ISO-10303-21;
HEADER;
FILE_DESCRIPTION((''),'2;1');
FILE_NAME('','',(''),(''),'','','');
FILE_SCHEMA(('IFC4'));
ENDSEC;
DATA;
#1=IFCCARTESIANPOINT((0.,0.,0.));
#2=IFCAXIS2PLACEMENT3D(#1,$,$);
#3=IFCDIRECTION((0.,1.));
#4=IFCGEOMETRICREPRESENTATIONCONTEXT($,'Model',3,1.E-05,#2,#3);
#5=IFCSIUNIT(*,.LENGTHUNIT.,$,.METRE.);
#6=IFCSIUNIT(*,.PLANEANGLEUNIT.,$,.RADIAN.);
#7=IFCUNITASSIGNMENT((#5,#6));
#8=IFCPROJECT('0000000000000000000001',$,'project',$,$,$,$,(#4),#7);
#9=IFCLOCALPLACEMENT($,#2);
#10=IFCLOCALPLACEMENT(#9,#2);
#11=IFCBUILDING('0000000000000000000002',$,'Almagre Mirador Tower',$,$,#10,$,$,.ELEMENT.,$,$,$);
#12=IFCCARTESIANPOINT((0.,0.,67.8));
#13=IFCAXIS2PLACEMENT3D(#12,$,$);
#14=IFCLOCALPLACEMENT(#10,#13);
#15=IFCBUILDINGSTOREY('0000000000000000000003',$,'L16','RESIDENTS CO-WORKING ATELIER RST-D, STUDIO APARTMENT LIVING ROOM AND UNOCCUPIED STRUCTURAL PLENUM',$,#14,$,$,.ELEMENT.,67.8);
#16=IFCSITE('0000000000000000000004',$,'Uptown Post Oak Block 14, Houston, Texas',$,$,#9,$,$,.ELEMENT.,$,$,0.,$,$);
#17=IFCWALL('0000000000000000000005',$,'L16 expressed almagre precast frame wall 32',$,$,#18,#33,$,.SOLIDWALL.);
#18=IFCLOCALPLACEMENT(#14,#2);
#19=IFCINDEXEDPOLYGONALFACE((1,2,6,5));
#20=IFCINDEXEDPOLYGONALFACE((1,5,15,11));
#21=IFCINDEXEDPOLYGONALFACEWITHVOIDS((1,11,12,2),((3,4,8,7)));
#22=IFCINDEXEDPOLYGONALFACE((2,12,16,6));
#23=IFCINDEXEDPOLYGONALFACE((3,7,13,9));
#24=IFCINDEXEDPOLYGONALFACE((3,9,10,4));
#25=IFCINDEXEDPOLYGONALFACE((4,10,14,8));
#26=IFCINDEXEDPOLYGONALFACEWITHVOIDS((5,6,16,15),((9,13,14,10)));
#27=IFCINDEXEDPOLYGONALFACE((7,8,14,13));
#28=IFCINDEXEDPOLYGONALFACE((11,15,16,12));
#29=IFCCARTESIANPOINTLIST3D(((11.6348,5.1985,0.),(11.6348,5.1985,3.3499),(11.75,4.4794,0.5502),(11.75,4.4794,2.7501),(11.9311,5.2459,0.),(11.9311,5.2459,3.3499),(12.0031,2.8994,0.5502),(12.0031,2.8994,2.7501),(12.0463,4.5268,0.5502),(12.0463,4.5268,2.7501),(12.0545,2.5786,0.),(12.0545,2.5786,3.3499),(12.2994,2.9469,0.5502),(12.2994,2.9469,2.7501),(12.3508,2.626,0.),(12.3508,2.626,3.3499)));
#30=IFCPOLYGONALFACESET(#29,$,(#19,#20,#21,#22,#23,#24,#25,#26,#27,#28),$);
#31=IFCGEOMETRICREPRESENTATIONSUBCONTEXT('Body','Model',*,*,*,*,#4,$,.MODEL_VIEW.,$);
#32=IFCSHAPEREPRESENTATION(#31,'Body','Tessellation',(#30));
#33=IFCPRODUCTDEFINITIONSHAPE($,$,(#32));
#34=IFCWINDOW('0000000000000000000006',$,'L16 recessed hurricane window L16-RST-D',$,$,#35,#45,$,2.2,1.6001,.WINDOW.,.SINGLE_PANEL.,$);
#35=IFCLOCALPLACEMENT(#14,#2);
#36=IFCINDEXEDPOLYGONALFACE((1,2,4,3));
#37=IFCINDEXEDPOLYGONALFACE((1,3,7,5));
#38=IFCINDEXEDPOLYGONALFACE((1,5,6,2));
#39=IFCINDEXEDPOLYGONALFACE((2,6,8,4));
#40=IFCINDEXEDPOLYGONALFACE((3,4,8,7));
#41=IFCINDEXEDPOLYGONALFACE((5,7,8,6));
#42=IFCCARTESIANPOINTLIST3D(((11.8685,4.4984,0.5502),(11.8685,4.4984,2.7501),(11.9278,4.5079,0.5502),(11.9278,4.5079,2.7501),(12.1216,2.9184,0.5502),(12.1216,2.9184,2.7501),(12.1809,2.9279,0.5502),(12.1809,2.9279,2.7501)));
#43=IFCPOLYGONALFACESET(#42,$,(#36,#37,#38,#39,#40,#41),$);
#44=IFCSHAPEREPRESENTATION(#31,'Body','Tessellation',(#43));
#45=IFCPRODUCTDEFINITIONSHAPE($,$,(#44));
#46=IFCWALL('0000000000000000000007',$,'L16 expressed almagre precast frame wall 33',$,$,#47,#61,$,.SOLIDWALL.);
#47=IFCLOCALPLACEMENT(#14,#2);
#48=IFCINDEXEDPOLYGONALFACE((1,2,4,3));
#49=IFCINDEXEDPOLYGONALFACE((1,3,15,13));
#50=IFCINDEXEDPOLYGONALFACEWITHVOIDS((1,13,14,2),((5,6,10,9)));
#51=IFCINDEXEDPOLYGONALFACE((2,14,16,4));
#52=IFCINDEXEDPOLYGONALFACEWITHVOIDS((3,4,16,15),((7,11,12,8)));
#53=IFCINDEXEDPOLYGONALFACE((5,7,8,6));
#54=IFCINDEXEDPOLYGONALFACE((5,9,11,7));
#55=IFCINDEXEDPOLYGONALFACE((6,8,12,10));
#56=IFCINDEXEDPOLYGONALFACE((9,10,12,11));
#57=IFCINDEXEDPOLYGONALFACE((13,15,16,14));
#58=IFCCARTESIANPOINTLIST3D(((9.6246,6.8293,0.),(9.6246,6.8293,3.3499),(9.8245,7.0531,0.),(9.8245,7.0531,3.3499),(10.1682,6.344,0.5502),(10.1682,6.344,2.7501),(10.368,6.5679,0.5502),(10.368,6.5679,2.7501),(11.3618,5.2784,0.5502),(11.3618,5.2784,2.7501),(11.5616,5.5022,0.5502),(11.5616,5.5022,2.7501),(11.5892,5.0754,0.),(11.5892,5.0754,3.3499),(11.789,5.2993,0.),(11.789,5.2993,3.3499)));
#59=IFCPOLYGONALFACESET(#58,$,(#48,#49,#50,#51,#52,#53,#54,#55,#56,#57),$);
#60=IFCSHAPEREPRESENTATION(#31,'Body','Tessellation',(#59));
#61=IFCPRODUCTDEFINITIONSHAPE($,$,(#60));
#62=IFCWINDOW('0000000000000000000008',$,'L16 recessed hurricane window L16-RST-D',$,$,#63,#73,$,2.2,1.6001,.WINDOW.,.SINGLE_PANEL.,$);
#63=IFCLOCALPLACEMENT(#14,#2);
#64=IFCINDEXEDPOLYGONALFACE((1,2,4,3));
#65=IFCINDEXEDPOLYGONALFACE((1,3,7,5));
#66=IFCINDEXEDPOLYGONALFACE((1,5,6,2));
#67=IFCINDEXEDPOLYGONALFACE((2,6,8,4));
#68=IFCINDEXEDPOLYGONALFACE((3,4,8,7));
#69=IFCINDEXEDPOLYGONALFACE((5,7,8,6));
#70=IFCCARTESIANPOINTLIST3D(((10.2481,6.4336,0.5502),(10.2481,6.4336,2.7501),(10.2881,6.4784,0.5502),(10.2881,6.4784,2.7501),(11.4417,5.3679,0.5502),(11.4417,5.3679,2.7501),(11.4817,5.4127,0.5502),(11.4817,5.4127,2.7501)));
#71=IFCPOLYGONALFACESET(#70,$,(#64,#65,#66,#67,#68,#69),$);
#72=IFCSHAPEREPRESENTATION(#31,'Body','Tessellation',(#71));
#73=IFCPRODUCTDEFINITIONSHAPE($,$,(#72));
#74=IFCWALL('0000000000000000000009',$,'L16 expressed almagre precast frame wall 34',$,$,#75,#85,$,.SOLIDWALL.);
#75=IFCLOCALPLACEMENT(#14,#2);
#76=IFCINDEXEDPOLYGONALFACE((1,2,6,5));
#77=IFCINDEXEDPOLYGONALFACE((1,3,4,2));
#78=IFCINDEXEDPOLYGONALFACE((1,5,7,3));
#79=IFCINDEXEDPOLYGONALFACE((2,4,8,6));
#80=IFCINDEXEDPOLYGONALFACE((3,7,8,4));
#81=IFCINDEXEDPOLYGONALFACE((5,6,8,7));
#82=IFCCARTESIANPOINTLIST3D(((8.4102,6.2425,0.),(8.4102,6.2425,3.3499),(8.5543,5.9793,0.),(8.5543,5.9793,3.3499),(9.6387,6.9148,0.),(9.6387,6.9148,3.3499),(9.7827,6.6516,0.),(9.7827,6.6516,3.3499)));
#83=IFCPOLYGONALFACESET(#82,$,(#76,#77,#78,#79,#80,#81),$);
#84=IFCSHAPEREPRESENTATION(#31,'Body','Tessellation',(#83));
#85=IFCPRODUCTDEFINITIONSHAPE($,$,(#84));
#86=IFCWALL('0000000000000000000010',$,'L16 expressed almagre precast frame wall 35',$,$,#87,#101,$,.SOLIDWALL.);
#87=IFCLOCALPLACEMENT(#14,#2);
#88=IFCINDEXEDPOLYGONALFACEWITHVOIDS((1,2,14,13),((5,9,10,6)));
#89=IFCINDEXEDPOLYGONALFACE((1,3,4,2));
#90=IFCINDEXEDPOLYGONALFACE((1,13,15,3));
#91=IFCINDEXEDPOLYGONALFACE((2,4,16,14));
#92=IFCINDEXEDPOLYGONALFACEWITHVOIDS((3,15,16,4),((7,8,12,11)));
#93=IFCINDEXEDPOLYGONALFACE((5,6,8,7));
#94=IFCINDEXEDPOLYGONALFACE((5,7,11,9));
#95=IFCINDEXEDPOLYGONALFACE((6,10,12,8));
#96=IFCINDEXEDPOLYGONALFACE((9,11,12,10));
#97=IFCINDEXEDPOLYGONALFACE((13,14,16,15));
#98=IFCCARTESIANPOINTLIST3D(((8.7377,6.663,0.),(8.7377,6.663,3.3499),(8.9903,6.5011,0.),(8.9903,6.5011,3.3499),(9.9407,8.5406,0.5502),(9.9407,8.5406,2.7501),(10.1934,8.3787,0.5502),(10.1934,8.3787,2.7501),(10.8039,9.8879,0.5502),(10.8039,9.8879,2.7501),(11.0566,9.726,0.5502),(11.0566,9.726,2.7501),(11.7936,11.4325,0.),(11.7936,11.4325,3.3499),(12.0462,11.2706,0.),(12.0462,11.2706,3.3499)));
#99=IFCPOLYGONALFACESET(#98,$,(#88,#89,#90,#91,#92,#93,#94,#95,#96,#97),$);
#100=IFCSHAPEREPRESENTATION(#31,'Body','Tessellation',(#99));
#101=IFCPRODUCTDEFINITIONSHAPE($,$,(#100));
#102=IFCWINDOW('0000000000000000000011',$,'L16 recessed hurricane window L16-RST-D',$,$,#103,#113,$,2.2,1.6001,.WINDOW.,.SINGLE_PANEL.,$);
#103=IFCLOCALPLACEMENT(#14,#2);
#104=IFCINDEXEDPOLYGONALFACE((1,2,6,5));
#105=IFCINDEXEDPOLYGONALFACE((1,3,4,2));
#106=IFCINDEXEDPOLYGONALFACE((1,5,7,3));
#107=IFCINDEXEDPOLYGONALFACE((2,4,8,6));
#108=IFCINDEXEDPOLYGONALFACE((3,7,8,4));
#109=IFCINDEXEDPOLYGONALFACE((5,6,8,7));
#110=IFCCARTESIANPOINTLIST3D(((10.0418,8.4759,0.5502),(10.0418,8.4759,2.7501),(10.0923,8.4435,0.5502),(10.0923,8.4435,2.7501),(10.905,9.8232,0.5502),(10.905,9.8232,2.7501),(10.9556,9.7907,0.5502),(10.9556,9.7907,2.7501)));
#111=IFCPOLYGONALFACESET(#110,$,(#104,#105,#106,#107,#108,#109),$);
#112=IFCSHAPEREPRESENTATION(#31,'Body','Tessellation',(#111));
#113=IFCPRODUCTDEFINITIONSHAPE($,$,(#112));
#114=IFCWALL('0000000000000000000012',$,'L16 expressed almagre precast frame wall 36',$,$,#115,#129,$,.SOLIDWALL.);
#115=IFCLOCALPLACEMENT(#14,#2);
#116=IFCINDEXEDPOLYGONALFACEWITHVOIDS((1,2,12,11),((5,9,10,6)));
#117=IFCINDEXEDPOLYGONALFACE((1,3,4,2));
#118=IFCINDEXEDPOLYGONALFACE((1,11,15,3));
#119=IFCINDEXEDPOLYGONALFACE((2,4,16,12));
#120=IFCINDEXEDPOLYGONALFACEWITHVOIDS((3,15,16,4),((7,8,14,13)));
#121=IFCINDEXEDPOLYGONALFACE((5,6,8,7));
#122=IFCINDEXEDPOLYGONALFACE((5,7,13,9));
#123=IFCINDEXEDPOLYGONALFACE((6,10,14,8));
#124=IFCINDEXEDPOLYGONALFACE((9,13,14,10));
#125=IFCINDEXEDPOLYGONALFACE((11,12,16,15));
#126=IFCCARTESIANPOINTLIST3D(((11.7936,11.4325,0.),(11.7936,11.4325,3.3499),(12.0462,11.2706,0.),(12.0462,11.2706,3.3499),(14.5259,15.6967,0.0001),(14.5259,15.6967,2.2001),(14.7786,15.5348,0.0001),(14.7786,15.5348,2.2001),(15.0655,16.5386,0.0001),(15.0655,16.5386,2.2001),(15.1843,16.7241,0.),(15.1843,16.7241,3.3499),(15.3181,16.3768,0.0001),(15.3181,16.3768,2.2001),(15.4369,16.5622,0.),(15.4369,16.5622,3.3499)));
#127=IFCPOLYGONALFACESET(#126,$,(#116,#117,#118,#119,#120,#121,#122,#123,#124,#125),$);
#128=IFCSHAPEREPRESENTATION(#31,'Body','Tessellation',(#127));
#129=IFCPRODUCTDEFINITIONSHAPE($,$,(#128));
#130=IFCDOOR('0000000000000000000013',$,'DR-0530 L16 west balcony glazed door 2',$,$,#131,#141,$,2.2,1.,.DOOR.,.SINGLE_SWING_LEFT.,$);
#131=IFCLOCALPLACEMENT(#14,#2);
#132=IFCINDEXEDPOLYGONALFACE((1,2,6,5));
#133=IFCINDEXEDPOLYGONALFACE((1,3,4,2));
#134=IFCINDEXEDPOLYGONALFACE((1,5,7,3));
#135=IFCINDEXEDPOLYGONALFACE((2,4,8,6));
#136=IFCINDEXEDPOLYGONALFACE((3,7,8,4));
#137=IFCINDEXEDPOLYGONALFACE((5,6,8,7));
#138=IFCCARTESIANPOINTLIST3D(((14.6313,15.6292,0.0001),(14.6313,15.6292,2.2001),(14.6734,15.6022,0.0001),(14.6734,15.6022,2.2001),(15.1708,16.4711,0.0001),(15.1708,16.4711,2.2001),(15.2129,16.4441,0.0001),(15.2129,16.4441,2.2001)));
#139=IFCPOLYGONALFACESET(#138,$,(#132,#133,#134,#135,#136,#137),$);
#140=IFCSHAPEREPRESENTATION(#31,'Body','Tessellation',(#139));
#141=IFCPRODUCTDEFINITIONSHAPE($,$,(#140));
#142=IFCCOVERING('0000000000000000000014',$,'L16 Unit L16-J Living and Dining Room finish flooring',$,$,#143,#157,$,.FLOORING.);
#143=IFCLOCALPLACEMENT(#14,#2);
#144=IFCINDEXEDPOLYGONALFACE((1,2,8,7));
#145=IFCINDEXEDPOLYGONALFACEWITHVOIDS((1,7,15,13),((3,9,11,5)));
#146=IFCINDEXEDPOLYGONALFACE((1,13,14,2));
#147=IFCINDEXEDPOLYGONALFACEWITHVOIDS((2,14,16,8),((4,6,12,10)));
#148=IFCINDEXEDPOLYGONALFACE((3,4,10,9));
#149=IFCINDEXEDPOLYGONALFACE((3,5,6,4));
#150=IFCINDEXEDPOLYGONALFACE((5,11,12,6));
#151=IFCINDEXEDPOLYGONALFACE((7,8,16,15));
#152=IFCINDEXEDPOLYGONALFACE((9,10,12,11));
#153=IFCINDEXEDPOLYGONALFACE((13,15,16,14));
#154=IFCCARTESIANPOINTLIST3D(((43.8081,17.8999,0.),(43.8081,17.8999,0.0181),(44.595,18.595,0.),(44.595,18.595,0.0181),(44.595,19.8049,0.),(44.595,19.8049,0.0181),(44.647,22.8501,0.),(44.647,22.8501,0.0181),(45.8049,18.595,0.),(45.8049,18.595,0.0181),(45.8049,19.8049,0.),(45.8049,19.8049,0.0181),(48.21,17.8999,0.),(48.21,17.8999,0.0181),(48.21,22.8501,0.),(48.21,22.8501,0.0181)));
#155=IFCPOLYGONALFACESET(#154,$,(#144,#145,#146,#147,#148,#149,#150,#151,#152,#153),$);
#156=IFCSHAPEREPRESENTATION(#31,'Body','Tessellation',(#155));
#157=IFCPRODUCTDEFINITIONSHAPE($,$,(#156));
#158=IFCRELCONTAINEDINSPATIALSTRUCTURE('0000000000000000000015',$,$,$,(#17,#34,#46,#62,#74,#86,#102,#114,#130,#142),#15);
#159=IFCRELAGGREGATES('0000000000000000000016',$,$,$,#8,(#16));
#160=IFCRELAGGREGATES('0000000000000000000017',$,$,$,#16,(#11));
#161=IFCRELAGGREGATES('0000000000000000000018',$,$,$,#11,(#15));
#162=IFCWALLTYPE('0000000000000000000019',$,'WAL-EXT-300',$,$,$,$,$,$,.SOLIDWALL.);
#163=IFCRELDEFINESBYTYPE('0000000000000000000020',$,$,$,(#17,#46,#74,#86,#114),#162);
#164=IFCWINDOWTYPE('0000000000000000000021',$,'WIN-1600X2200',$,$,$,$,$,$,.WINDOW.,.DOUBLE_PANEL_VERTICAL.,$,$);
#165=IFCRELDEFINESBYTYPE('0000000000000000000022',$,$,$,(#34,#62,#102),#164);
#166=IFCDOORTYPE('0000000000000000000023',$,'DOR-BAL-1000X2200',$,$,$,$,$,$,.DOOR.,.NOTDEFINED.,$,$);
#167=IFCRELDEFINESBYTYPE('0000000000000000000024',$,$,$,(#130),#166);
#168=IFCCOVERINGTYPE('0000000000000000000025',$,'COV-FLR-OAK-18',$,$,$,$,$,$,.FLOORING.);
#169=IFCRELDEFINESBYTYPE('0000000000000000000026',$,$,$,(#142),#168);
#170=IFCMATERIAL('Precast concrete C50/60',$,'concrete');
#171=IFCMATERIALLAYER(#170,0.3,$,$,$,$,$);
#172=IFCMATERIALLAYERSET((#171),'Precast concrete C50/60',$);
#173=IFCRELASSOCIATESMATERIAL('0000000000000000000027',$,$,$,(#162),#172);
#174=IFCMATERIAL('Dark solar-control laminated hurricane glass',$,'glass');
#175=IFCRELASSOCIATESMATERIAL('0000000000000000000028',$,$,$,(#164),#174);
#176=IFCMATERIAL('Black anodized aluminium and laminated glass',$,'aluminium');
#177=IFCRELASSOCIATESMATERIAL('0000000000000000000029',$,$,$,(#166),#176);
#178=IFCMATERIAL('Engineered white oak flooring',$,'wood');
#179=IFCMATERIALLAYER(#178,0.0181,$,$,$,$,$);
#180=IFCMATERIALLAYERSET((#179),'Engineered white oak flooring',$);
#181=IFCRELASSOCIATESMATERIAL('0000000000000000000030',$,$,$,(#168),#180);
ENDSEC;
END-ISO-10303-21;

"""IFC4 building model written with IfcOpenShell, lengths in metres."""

from ifc_helpers import new_model, si_unit, direction, frame, frame_2d, origin, place, context, subcontext, project, spatial, polyline, rectangle, outline, extrude, material, layer, layer_set, type_object, element, fill, save


model = new_model("IFC4")

# Units and contexts
model_context = context("Model", 3, precision=1e-05, world=origin(), true_north=direction((0.0, 1.0)))
body_context = subcontext(model_context, "Body", "Model", "MODEL_VIEW")
ifc_project = project(units=[si_unit("LENGTHUNIT", "METRE"), si_unit("PLANEANGLEUNIT", "RADIAN")], contexts=[model_context])

# Site, building, storey
site_placement = place(None, origin())
site = spatial("IfcSite", under=ifc_project, at=site_placement, Name="Uptown Post Oak Block 14, Houston, Texas", CompositionType="ELEMENT", RefElevation=0.0)
building_placement = place(site_placement, origin())
building = spatial("IfcBuilding", under=site, at=building_placement, Name="Almagre Mirador Tower", CompositionType="ELEMENT")
storey_placement = place(building_placement, frame((0.0, 0.0, 67.8)))
storey = spatial("IfcBuildingStorey", under=building, at=storey_placement, Name="L16", Description="RESIDENTS CO-WORKING ATELIER RST-D, STUDIO APARTMENT LIVING ROOM AND UNOCCUPIED STRUCTURAL PLENUM", CompositionType="ELEMENT", Elevation=67.8)

# Shared definitions
ifc_material_1 = material(Name="Precast concrete C50/60", Category="concrete")
ifc_layer_1 = layer(ifc_material_1, 0.3)
ifc_layer_set_1 = layer_set([ifc_layer_1], Name="Precast concrete C50/60")
wall_type = type_object("IfcWallType", Name="WAL-EXT-300", PredefinedType="SOLIDWALL", material=ifc_layer_set_1)

# Walls, openings, windows
wall_1_placement = place(storey_placement, frame((12.2026, 2.6023, 0.0), z_axis=(0.0, 0.0, 1.0), x_axis=(-0.158174, 0.987411, 0.0)))
wall_1 = element("IfcWall", 1, at=wall_1_placement, inside=storey, type_object=wall_type, Name="L16 expressed almagre precast frame wall 32", PredefinedType="SOLIDWALL", context=body_context, shape_type="SweptSolid", body=[
    extrude(rectangle(XDim=2.6533, YDim=0.3, at=frame_2d((1.3267, 0.0))), origin(), (0.0, 0.0, 1.0), 3.3499),
])
opening_1_placement = place(wall_1_placement, frame((0.325, 0.0, 0.55)))
opening_1 = element("IfcOpeningElement", 2, at=opening_1_placement, cuts=wall_1, PredefinedType="OPENING", context=body_context, shape_type="SweptSolid", body=[
    extrude(rectangle(XDim=1.6001, YDim=2.2, at=frame_2d((0.8, 1.1001))), frame((0.0, 0.1599, 0.0), z_axis=(0.0, -1.0, 0.0), x_axis=(1.0, 0.0, 0.0)), (0.0, 0.0, 1.0), 0.32),
])
ifc_material_2 = material(Name="Dark solar-control laminated hurricane glass", Category="glass")
window_type = type_object("IfcWindowType", Name="WIN-1600X2200", PartitioningType="DOUBLE_PANEL_VERTICAL", PredefinedType="WINDOW", material=ifc_material_2)
window_1_placement = place(opening_1_placement, origin())
window_1 = element("IfcWindow", 3, at=window_1_placement, inside=storey, type_object=window_type, Name="L16 recessed hurricane window L16-RST-D", OverallHeight=2.2, OverallWidth=1.6001, PartitioningType="SINGLE_PANEL", PredefinedType="WINDOW", context=body_context, shape_type="SweptSolid", body=[
    extrude(rectangle(XDim=1.6001, YDim=2.2, at=frame_2d((0.8, 1.1001))), frame((0.0, 0.03, 0.0), z_axis=(0.0, -1.0, 0.0), x_axis=(1.0, 0.0, 0.0)), (0.0, 0.0, 1.0), 0.0601),
])
fill(opening_1, window_1)
wall_2_placement = place(storey_placement, frame((11.6892, 5.1873, 0.0), z_axis=(0.0, 0.0, 1.0), x_axis=(-0.745975, 0.665973, 0.0)))
wall_2 = element("IfcWall", 4, at=wall_2_placement, inside=storey, type_object=wall_type, Name="L16 expressed almagre precast frame wall 33", PredefinedType="SOLIDWALL", context=body_context, shape_type="SweptSolid", body=[
    extrude(rectangle(XDim=2.6335, YDim=0.3, at=frame_2d((1.3169, 0.0))), origin(), (0.0, 0.0, 1.0), 3.3499),
])
opening_2_placement = place(wall_2_placement, frame((0.3049, 0.0, 0.55)))
opening_2 = element("IfcOpeningElement", 5, at=opening_2_placement, cuts=wall_2, PredefinedType="OPENING", context=body_context, shape_type="SweptSolid", body=[
    extrude(rectangle(XDim=1.6001, YDim=2.2, at=frame_2d((0.8, 1.1001))), frame((0.0, 0.1599, 0.0), z_axis=(0.0, -1.0, 0.0), x_axis=(1.0, 0.0, 0.0)), (0.0, 0.0, 1.0), 0.32),
])
window_2_placement = place(opening_2_placement, origin())
window_2 = element("IfcWindow", 6, at=window_2_placement, inside=storey, type_object=window_type, Name="L16 recessed hurricane window L16-RST-D", OverallHeight=2.2, OverallWidth=1.6001, PartitioningType="SINGLE_PANEL", PredefinedType="WINDOW", context=body_context, shape_type="SweptSolid", body=[
    extrude(rectangle(XDim=1.6001, YDim=2.2, at=frame_2d((0.8, 1.1001))), frame((0.0, 0.03, 0.0), z_axis=(0.0, -1.0, 0.0), x_axis=(1.0, 0.0, 0.0)), (0.0, 0.0, 1.0), 0.0601),
])
fill(opening_2, window_2)

# Wall
wall_3_placement = place(storey_placement, frame((9.7107, 6.7832, 0.0), z_axis=(0.0, 0.0, 1.0), x_axis=(-0.877215, -0.480097, 0.0)))
element("IfcWall", 7, at=wall_3_placement, inside=storey, type_object=wall_type, Name="L16 expressed almagre precast frame wall 34", PredefinedType="SOLIDWALL", context=body_context, shape_type="SweptSolid", body=[
    extrude(rectangle(XDim=1.4004, YDim=0.3, at=frame_2d((0.7002, 0.0))), origin(), (0.0, 0.0, 1.0), 3.3499),
])

# Wall, opening, window
wall_4_placement = place(storey_placement, frame((8.864, 6.582, 0.0), z_axis=(0.0, 0.0, 1.0), x_axis=(0.53948, 0.841998, 0.0)))
wall_4 = element("IfcWall", 8, at=wall_4_placement, inside=storey, type_object=wall_type, Name="L16 expressed almagre precast frame wall 35", PredefinedType="SOLIDWALL", context=body_context, shape_type="SweptSolid", body=[
    extrude(rectangle(XDim=5.6646, YDim=0.3, at=frame_2d((2.8323, 0.0))), origin(), (0.0, 0.0, 1.0), 3.3499),
])
opening_3_placement = place(wall_4_placement, frame((2.23, 0.0, 0.55)))
opening_3 = element("IfcOpeningElement", 9, at=opening_3_placement, cuts=wall_4, PredefinedType="OPENING", context=body_context, shape_type="SweptSolid", body=[
    extrude(rectangle(XDim=1.6001, YDim=2.2, at=frame_2d((0.8, 1.1001))), frame((0.0, 0.1599, 0.0), z_axis=(0.0, -1.0, 0.0), x_axis=(1.0, 0.0, 0.0)), (0.0, 0.0, 1.0), 0.32),
])
window_3_placement = place(opening_3_placement, origin())
window_3 = element("IfcWindow", 10, at=window_3_placement, inside=storey, type_object=window_type, Name="L16 recessed hurricane window L16-RST-D", OverallHeight=2.2, OverallWidth=1.6001, PartitioningType="SINGLE_PANEL", PredefinedType="WINDOW", context=body_context, shape_type="SweptSolid", body=[
    extrude(rectangle(XDim=1.6001, YDim=2.2, at=frame_2d((0.8, 1.1001))), frame((0.0, 0.03, 0.0), z_axis=(0.0, -1.0, 0.0), x_axis=(1.0, 0.0, 0.0)), (0.0, 0.0, 1.0), 0.0601),
])
fill(opening_3, window_3)

# Wall, opening, door
wall_5_placement = place(storey_placement, frame((11.9199, 11.3516, 0.0), z_axis=(0.0, 0.0, 1.0), x_axis=(0.539512, 0.841978, 0.0)))
wall_5 = element("IfcWall", 11, at=wall_5_placement, inside=storey, type_object=wall_type, Name="L16 expressed almagre precast frame wall 36", PredefinedType="SOLIDWALL", context=body_context, shape_type="SweptSolid", body=[
    extrude(rectangle(XDim=6.2847, YDim=0.3, at=frame_2d((3.1423, 0.0))), origin(), (0.0, 0.0, 1.0), 3.3499),
])
opening_4_placement = place(wall_5_placement, frame((5.0645, 0.0, 0.0)))
opening_4 = element("IfcOpeningElement", 12, at=opening_4_placement, cuts=wall_5, PredefinedType="OPENING", context=body_context, shape_type="SweptSolid", body=[
    extrude(rectangle(XDim=1.0, YDim=2.2, at=frame_2d((0.5, 1.1001))), frame((0.0, 0.1599, 0.0), z_axis=(0.0, -1.0, 0.0), x_axis=(1.0, 0.0, 0.0)), (0.0, 0.0, 1.0), 0.32),
])
ifc_material_3 = material(Name="Black anodized aluminium and laminated glass", Category="aluminium")
door_type = type_object("IfcDoorType", Name="DOR-BAL-1000X2200", OperationType="NOTDEFINED", PredefinedType="DOOR", material=ifc_material_3)
door_placement = place(opening_4_placement, origin())
door = element("IfcDoor", 13, at=door_placement, inside=storey, type_object=door_type, Name="DR-0530 L16 west balcony glazed door 2", OperationType="SINGLE_SWING_LEFT", OverallHeight=2.2, OverallWidth=1.0, PredefinedType="DOOR", context=body_context, shape_type="SweptSolid", body=[
    extrude(rectangle(XDim=1.0, YDim=2.2, at=frame_2d((0.5, 1.1001))), frame((0.0, 0.0249, 0.0), z_axis=(0.0, -1.0, 0.0), x_axis=(1.0, 0.0, 0.0)), (0.0, 0.0, 1.0), 0.05),
])
fill(opening_4, door)

# Covering
ifc_material_4 = material(Name="Engineered white oak flooring", Category="wood")
ifc_layer_2 = layer(ifc_material_4, 0.0181)
ifc_layer_set_2 = layer_set([ifc_layer_2], Name="Engineered white oak flooring")
covering_type = type_object("IfcCoveringType", Name="COV-FLR-OAK-18", PredefinedType="FLOORING", material=ifc_layer_set_2)
covering_1_placement = place(storey_placement, origin())
element("IfcCovering", 14, at=covering_1_placement, inside=storey, type_object=covering_type, Name="L16 Unit L16-J Living and Dining Room finish flooring", PredefinedType="FLOORING", context=body_context, shape_type="SweptSolid", body=[
    extrude(outline(polyline([(44.647, 22.8501), (48.21, 22.8501), (48.21, 17.8999), (43.8081, 17.8999), (44.647, 22.8501)]), holes=[polyline([(44.595, 18.595), (44.595, 19.8049), (45.8049, 19.8049), (45.8049, 18.595), (44.595, 18.595)])]), origin(), (0.0, 0.0, 1.0), 0.0181),
])

save(model, "model.ifc")
